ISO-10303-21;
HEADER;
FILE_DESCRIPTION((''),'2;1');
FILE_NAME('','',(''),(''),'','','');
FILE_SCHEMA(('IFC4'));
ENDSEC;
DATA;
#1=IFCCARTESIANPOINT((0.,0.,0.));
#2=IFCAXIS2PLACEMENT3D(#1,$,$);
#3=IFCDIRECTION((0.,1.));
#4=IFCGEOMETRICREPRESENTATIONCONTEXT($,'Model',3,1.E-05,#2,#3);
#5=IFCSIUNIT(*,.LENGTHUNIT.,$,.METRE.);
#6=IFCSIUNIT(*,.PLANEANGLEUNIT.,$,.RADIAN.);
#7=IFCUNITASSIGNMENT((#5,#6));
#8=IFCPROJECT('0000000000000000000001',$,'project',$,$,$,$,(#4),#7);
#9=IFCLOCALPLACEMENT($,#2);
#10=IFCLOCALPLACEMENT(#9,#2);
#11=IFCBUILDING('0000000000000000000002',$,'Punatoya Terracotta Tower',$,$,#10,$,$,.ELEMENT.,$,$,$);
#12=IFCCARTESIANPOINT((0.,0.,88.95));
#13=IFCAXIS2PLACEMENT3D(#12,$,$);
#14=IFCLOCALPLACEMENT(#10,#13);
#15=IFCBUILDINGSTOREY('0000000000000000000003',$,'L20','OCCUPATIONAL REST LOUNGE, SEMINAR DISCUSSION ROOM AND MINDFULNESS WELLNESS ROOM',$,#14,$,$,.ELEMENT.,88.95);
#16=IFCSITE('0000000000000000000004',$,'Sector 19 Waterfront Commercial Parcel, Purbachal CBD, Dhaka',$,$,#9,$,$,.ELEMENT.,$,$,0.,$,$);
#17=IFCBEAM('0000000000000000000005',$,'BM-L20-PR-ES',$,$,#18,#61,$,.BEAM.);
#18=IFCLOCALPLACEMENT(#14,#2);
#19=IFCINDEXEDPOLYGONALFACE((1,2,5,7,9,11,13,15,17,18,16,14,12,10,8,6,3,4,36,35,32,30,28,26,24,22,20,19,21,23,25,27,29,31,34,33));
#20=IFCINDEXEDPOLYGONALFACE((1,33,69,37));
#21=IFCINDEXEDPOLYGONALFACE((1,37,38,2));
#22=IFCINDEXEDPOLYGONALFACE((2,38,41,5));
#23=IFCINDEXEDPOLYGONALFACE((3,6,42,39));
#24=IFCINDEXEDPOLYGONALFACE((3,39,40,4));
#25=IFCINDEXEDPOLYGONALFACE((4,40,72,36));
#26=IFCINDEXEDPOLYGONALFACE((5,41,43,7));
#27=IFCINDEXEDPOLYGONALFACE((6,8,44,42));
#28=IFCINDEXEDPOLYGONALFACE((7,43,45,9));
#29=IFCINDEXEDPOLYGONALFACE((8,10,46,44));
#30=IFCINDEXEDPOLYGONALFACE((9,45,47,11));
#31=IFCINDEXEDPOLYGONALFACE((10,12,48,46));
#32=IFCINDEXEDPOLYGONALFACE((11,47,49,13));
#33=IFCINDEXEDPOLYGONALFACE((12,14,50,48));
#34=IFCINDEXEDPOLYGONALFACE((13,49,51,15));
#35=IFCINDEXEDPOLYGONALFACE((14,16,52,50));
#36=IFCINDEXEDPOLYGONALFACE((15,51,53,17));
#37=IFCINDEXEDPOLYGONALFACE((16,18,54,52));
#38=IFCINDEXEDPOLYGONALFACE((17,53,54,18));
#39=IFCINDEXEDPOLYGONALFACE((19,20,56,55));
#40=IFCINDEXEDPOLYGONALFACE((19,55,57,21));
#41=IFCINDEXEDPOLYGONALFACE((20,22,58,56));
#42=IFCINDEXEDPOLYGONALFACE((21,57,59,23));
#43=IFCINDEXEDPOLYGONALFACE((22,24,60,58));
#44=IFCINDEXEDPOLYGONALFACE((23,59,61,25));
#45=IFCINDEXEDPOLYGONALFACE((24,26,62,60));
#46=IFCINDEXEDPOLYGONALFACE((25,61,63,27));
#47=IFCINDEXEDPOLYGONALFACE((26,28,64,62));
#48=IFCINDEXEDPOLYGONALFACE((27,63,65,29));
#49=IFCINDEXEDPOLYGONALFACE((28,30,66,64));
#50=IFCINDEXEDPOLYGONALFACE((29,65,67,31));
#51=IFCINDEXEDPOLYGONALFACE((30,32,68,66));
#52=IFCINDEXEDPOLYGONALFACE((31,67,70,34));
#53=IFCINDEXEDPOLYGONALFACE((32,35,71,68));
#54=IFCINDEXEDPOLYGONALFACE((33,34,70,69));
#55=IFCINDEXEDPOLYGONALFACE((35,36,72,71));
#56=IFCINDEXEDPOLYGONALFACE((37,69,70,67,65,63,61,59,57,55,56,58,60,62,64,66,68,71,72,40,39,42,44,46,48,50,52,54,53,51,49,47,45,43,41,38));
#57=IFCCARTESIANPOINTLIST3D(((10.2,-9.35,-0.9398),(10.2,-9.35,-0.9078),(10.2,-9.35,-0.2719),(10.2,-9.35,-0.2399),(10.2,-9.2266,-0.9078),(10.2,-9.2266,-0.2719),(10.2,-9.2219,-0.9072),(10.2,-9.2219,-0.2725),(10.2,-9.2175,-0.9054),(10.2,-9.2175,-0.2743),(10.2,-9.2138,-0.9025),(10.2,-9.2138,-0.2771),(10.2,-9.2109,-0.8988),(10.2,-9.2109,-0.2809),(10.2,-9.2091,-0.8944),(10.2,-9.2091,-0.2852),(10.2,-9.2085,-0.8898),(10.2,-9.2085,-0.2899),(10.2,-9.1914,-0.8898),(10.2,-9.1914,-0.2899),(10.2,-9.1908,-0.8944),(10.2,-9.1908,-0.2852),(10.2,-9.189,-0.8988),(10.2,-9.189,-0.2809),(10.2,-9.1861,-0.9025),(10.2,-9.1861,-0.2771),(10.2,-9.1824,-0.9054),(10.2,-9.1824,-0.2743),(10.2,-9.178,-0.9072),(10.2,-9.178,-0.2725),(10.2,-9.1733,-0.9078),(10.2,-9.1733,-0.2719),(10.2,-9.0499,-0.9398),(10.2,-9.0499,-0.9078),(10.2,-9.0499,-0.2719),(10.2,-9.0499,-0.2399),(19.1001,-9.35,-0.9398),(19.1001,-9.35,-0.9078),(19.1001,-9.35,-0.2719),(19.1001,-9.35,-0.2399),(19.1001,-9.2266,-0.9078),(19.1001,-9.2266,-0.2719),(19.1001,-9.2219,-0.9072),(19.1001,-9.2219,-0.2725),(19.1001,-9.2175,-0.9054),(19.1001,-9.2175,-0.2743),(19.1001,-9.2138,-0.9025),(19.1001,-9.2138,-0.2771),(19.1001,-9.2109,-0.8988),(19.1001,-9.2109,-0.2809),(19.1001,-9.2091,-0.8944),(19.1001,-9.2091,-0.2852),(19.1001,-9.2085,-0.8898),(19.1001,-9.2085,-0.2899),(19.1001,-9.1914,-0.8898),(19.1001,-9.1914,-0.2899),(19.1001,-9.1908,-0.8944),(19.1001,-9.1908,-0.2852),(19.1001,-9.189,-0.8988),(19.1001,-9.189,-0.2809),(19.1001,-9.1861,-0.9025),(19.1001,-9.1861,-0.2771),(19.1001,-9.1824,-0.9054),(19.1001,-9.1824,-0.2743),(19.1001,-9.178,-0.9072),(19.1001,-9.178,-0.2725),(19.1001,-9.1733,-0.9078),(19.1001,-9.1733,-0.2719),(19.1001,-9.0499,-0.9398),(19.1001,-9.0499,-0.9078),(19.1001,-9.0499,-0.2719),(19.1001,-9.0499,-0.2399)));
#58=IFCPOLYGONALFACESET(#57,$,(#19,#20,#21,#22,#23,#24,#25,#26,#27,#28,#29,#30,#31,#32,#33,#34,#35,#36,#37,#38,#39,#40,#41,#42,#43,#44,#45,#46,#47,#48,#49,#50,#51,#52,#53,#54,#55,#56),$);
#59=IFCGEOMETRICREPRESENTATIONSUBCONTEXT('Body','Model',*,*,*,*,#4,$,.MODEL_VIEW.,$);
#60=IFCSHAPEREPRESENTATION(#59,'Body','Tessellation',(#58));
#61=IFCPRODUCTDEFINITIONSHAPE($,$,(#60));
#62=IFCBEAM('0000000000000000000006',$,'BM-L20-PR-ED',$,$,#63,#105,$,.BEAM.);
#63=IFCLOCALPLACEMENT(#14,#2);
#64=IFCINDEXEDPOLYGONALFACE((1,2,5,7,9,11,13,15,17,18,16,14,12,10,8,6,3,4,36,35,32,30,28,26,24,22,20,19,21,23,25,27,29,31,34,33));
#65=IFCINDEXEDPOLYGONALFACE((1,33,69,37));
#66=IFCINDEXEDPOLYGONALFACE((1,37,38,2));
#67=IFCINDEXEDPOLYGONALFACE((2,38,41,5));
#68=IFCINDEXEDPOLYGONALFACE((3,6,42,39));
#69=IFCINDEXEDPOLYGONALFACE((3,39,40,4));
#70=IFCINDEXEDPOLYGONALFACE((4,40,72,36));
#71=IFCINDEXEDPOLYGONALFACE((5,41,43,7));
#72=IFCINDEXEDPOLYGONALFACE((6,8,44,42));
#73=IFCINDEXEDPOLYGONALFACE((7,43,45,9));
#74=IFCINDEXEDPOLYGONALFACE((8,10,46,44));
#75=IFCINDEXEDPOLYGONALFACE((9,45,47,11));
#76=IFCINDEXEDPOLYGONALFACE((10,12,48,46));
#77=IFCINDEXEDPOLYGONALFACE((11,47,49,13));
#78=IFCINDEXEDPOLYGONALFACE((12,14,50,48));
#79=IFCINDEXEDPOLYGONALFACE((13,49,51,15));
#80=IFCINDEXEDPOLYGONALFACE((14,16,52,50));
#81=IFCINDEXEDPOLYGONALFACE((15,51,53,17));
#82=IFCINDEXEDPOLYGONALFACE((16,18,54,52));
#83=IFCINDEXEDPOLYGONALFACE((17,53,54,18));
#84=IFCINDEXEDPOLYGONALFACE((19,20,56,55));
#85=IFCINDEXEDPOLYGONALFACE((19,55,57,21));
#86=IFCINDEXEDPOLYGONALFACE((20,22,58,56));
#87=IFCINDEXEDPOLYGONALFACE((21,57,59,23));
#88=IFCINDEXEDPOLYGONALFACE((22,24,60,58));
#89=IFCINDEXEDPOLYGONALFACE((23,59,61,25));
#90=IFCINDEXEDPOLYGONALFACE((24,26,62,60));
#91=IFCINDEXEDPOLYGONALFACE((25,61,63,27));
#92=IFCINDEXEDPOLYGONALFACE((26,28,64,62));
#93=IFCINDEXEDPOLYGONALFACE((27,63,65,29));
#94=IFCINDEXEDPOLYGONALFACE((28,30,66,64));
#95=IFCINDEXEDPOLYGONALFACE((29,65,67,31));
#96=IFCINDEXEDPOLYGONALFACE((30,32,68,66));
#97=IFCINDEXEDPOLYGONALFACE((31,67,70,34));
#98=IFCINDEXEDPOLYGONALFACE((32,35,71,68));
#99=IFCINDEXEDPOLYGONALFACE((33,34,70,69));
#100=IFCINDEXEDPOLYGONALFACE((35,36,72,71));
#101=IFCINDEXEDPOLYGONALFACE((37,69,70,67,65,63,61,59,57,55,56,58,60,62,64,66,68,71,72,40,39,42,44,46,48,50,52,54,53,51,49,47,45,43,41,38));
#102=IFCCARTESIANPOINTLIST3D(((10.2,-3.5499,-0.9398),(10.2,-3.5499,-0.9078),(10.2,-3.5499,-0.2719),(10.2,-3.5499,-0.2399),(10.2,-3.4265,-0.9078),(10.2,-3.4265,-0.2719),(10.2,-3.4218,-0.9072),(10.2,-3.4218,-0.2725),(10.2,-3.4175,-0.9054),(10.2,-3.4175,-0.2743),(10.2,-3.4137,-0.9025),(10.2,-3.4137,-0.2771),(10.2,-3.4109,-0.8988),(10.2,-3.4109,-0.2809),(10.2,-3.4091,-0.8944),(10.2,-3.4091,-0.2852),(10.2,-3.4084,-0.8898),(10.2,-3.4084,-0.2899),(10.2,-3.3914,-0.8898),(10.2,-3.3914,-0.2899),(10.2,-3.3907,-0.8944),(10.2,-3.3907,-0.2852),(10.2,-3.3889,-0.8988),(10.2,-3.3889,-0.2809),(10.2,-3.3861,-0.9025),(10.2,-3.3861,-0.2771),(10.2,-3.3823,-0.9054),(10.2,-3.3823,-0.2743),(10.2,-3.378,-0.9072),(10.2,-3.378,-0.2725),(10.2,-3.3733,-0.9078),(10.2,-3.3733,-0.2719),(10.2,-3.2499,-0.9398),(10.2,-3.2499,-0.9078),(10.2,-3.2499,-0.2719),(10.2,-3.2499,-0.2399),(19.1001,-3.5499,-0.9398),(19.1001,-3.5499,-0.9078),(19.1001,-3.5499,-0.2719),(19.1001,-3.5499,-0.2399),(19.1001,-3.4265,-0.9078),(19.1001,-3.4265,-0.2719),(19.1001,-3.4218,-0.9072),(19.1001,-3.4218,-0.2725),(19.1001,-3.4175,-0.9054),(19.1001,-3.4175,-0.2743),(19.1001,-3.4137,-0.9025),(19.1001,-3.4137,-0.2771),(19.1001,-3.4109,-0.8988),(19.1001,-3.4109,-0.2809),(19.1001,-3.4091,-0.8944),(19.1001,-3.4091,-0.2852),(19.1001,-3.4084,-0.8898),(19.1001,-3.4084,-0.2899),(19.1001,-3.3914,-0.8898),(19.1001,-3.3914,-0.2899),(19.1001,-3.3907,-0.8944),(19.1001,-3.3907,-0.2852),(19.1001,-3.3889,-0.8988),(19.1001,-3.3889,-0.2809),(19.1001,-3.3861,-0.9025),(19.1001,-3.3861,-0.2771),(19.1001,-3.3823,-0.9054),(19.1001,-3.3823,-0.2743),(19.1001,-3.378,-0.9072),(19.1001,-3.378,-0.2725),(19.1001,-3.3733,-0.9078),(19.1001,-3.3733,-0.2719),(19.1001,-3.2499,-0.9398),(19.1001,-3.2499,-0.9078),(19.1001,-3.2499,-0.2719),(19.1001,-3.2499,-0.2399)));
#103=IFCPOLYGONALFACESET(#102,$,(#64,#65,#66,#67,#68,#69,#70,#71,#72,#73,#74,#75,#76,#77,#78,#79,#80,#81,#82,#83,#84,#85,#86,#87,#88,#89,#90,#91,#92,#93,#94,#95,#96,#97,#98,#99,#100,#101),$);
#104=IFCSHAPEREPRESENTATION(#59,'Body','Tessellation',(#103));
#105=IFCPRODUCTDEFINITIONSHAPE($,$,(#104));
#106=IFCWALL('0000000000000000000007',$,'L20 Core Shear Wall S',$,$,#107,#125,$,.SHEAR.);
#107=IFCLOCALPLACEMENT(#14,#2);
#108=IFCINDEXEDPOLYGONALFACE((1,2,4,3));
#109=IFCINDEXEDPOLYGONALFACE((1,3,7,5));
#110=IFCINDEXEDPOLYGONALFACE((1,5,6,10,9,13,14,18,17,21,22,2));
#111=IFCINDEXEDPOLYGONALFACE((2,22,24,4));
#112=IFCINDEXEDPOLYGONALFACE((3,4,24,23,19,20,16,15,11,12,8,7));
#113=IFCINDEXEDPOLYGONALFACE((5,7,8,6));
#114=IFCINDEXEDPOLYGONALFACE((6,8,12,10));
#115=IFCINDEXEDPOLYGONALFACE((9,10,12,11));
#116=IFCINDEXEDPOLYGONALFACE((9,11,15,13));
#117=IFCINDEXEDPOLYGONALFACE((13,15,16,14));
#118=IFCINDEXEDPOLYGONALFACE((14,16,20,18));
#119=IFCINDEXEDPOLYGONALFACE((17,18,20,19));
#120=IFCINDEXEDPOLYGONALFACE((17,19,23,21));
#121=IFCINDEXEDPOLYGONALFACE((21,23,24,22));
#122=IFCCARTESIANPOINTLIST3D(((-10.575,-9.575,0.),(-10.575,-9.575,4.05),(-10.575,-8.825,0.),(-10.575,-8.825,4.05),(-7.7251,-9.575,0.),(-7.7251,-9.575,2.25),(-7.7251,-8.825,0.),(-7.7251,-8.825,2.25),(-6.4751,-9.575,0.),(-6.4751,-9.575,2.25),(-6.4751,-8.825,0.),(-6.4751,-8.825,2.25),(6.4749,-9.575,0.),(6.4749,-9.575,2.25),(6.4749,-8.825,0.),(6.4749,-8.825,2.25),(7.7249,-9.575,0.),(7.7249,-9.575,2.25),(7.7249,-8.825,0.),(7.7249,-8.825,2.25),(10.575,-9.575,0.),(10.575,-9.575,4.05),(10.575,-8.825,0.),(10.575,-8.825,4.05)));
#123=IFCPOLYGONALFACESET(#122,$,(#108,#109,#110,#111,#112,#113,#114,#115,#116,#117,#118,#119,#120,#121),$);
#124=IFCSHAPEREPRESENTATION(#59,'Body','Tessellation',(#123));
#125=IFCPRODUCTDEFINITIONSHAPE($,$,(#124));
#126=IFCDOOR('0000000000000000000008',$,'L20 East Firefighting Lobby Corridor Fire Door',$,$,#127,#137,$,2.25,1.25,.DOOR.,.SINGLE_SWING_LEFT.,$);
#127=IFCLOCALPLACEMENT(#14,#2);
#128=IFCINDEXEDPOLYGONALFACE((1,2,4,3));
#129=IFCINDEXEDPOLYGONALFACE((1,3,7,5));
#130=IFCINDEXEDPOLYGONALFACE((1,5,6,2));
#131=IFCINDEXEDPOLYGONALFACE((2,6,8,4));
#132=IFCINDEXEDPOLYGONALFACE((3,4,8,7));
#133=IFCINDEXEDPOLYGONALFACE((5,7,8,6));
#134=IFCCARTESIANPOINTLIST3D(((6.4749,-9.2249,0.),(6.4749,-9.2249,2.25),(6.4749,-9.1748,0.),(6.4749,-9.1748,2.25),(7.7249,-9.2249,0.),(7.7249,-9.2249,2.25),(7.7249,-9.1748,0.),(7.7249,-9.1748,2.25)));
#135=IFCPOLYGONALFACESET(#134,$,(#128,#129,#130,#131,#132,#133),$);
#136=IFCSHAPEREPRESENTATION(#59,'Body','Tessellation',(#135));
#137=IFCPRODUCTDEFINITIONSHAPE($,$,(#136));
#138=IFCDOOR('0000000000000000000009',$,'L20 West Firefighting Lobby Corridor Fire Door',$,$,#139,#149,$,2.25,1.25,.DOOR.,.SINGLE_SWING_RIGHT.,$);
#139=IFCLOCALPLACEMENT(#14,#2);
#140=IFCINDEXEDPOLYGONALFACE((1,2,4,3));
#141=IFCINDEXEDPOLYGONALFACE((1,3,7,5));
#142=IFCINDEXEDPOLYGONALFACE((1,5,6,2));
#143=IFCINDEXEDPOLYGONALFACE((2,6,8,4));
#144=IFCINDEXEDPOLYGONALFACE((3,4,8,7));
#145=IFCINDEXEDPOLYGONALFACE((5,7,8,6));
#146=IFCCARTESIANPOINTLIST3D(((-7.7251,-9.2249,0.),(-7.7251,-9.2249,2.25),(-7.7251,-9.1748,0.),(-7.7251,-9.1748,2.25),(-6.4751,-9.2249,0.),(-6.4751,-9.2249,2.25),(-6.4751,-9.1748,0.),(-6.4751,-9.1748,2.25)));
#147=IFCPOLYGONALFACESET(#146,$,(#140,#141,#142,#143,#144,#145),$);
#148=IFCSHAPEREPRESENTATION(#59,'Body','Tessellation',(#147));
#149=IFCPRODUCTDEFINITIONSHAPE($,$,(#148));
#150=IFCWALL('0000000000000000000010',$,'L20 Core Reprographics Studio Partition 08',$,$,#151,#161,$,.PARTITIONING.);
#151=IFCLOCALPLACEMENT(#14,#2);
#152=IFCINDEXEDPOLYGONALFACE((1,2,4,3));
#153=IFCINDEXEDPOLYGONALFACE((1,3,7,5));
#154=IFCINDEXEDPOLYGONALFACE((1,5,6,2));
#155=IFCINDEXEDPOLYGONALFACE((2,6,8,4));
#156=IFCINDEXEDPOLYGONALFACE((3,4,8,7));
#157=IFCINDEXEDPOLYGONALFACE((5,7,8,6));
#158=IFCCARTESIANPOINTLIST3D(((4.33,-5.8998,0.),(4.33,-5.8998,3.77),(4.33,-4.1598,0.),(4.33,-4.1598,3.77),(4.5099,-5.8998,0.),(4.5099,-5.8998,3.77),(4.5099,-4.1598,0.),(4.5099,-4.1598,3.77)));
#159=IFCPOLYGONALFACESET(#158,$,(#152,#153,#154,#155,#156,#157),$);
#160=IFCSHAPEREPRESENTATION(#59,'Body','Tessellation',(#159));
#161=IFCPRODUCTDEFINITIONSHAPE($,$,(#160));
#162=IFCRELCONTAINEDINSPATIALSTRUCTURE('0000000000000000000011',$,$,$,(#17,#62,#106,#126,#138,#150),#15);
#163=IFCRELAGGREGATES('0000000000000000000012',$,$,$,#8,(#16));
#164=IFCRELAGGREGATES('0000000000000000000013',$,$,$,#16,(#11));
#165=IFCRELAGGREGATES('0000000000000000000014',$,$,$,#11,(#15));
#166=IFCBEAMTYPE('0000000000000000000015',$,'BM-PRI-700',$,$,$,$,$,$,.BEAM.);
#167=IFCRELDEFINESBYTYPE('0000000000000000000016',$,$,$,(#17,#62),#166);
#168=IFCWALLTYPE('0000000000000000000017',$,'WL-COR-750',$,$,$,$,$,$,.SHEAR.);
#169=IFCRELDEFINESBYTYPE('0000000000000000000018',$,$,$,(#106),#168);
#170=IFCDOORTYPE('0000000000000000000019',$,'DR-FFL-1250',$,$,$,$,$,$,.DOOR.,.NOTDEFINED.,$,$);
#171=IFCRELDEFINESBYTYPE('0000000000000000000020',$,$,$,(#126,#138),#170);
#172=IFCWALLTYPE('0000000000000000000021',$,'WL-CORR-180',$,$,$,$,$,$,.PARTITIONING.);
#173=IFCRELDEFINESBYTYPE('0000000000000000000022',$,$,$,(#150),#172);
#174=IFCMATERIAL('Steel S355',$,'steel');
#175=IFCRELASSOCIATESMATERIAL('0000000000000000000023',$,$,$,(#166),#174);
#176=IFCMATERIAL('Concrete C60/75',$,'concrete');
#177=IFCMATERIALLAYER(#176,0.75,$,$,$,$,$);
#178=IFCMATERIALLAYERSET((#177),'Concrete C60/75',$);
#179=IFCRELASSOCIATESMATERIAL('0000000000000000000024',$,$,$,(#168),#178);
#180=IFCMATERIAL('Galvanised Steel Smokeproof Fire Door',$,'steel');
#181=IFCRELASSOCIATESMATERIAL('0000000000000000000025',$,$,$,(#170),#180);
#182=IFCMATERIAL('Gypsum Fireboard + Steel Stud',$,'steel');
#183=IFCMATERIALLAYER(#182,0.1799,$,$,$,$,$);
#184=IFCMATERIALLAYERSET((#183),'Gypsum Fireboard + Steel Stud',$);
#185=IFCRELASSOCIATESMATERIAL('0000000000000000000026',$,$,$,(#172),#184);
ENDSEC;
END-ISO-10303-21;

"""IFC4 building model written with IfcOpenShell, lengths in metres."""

from ifc_helpers import new_model, si_unit, direction, frame, frame_2d, origin, origin_2d, place, context, subcontext, project, spatial, rectangle, i_section, extrude, material, layer, layer_set, material_profile, profile_set, type_object, element, fill, save


model = new_model("IFC4")

# Units and contexts
model_context = context("Model", 3, precision=1e-05, world=origin(), true_north=direction((0.0, 1.0)))
body_context = subcontext(model_context, "Body", "Model", "MODEL_VIEW")
ifc_project = project(units=[si_unit("LENGTHUNIT", "METRE"), si_unit("PLANEANGLEUNIT", "RADIAN")], contexts=[model_context])

# Site, building, storey
site_placement = place(None, origin())
site = spatial("IfcSite", under=ifc_project, at=site_placement, Name="Sector 19 Waterfront Commercial Parcel, Purbachal CBD, Dhaka", CompositionType="ELEMENT", RefElevation=0.0)
building_placement = place(site_placement, origin())
building = spatial("IfcBuilding", under=site, at=building_placement, Name="Punatoya Terracotta Tower", CompositionType="ELEMENT")
storey_placement = place(building_placement, frame((0.0, 0.0, 88.95)))
storey = spatial("IfcBuildingStorey", under=building, at=storey_placement, Name="L20", Description="OCCUPATIONAL REST LOUNGE, SEMINAR DISCUSSION ROOM AND MINDFULNESS WELLNESS ROOM", CompositionType="ELEMENT", Elevation=88.95)

# Beams
ifc_material_1 = material(Name="Steel S355", Category="steel")
ifc_material_profile = material_profile(ifc_material_1, i_section(OverallWidth=0.3, OverallDepth=0.7, WebThickness=0.0171, FlangeThickness=0.032, FilletRadius=0.0181, at=origin_2d()))
ifc_profile_set = profile_set([ifc_material_profile], Name="Steel S355")
beam_type = type_object("IfcBeamType", Name="BM-PRI-700", PredefinedType="BEAM", material=ifc_profile_set)
for number, where, z_axis, x_axis, name in (
    (1, (10.2, -9.2, -0.5898), (1.0, 0.0, 0.0), (0.0, 1.0, 0.0), "BM-L20-PR-ES"),
    (2, (10.2, -3.3999, -0.5898), (1.0, 0.0, 0.0), (0.0, 1.0, 0.0), "BM-L20-PR-ED"),
):
    element("IfcBeam", number, at=place(storey_placement, frame(where, z_axis=z_axis, x_axis=x_axis)), inside=storey, type_object=beam_type, Name=name, PredefinedType="BEAM", context=body_context, shape_type="SweptSolid", body=[
        extrude(i_section(OverallWidth=0.3, OverallDepth=0.7, WebThickness=0.0171, FlangeThickness=0.032, FilletRadius=0.0181, at=origin_2d()), origin(), (0.0, 0.0, 1.0), 8.9001),
    ])

# Wall, openings, doors
ifc_material_2 = material(Name="Concrete C60/75", Category="concrete")
ifc_layer_1 = layer(ifc_material_2, 0.75)
ifc_layer_set_1 = layer_set([ifc_layer_1], Name="Concrete C60/75")
wall_type_1 = type_object("IfcWallType", Name="WL-COR-750", PredefinedType="SHEAR", material=ifc_layer_set_1)
wall_1_placement = place(storey_placement, frame((10.575, -9.2, 0.0), z_axis=(0.0, 0.0, 1.0), x_axis=(-1.0, 0.0, 0.0)))
wall_1 = element("IfcWall", 3, at=wall_1_placement, inside=storey, type_object=wall_type_1, Name="L20 Core Shear Wall S", PredefinedType="SHEAR", context=body_context, shape_type="SweptSolid", body=[
    extrude(rectangle(XDim=21.1499, YDim=0.75, at=frame_2d((10.575, 0.0))), origin(), (0.0, 0.0, 1.0), 4.05),
])
opening_1_placement = place(wall_1_placement, frame((2.8501, 0.0, 0.0)))
opening_1 = element("IfcOpeningElement", 4, at=opening_1_placement, cuts=wall_1, PredefinedType="OPENING", context=body_context, shape_type="SweptSolid", body=[
    extrude(rectangle(XDim=1.25, YDim=2.25, at=frame_2d((0.625, 1.125))), frame((0.0, 0.385, 0.0), z_axis=(0.0, -1.0, 0.0), x_axis=(1.0, 0.0, 0.0)), (0.0, 0.0, 1.0), 0.77),
])
opening_2_placement = place(wall_1_placement, frame((17.05, 0.0, 0.0)))
opening_2 = element("IfcOpeningElement", 5, at=opening_2_placement, cuts=wall_1, PredefinedType="OPENING", context=body_context, shape_type="SweptSolid", body=[
    extrude(rectangle(XDim=1.25, YDim=2.25, at=frame_2d((0.625, 1.125))), frame((0.0, 0.385, 0.0), z_axis=(0.0, -1.0, 0.0), x_axis=(1.0, 0.0, 0.0)), (0.0, 0.0, 1.0), 0.77),
])
ifc_material_3 = material(Name="Galvanised Steel Smokeproof Fire Door", Category="steel")
door_type_1 = type_object("IfcDoorType", Name="DR-FFL-1250", OperationType="NOTDEFINED", PredefinedType="DOOR", material=ifc_material_3)
door_1_placement = place(opening_1_placement, origin())
door_1 = element("IfcDoor", 6, at=door_1_placement, inside=storey, type_object=door_type_1, Name="L20 East Firefighting Lobby Corridor Fire Door", OperationType="SINGLE_SWING_LEFT", OverallHeight=2.25, OverallWidth=1.25, PredefinedType="DOOR", context=body_context, shape_type="SweptSolid", body=[
    extrude(rectangle(XDim=1.25, YDim=2.25, at=frame_2d((0.625, 1.125))), frame((0.0, 0.0249, 0.0), z_axis=(0.0, -1.0, 0.0), x_axis=(1.0, 0.0, 0.0)), (0.0, 0.0, 1.0), 0.05),
])
fill(opening_1, door_1)
door_2_placement = place(opening_2_placement, origin())
door_2 = element("IfcDoor", 7, at=door_2_placement, inside=storey, type_object=door_type_1, Name="L20 West Firefighting Lobby Corridor Fire Door", OperationType="SINGLE_SWING_RIGHT", OverallHeight=2.25, OverallWidth=1.25, PredefinedType="DOOR", context=body_context, shape_type="SweptSolid", body=[
    extrude(rectangle(XDim=1.25, YDim=2.25, at=frame_2d((0.625, 1.125))), frame((0.0, 0.0249, 0.0), z_axis=(0.0, -1.0, 0.0), x_axis=(1.0, 0.0, 0.0)), (0.0, 0.0, 1.0), 0.05),
])
fill(opening_2, door_2)

# Wall
ifc_material_4 = material(Name="Gypsum Fireboard + Steel Stud", Category="steel")
ifc_layer_2 = layer(ifc_material_4, 0.1799)
ifc_layer_set_2 = layer_set([ifc_layer_2], Name="Gypsum Fireboard + Steel Stud")
wall_type_2 = type_object("IfcWallType", Name="WL-CORR-180", PredefinedType="PARTITIONING", material=ifc_layer_set_2)
wall_2_placement = place(storey_placement, frame((4.4199, -5.8999, 0.0), z_axis=(0.0, 0.0, 1.0), x_axis=(0.0, 1.0, 0.0)))
element("IfcWall", 8, at=wall_2_placement, inside=storey, type_object=wall_type_2, Name="L20 Core Reprographics Studio Partition 08", PredefinedType="PARTITIONING", context=body_context, shape_type="SweptSolid", body=[
    extrude(rectangle(XDim=1.74, YDim=0.1799, at=frame_2d((0.8701, 0.0))), origin(), (0.0, 0.0, 1.0), 3.77),
])

save(model, "model.ifc")
